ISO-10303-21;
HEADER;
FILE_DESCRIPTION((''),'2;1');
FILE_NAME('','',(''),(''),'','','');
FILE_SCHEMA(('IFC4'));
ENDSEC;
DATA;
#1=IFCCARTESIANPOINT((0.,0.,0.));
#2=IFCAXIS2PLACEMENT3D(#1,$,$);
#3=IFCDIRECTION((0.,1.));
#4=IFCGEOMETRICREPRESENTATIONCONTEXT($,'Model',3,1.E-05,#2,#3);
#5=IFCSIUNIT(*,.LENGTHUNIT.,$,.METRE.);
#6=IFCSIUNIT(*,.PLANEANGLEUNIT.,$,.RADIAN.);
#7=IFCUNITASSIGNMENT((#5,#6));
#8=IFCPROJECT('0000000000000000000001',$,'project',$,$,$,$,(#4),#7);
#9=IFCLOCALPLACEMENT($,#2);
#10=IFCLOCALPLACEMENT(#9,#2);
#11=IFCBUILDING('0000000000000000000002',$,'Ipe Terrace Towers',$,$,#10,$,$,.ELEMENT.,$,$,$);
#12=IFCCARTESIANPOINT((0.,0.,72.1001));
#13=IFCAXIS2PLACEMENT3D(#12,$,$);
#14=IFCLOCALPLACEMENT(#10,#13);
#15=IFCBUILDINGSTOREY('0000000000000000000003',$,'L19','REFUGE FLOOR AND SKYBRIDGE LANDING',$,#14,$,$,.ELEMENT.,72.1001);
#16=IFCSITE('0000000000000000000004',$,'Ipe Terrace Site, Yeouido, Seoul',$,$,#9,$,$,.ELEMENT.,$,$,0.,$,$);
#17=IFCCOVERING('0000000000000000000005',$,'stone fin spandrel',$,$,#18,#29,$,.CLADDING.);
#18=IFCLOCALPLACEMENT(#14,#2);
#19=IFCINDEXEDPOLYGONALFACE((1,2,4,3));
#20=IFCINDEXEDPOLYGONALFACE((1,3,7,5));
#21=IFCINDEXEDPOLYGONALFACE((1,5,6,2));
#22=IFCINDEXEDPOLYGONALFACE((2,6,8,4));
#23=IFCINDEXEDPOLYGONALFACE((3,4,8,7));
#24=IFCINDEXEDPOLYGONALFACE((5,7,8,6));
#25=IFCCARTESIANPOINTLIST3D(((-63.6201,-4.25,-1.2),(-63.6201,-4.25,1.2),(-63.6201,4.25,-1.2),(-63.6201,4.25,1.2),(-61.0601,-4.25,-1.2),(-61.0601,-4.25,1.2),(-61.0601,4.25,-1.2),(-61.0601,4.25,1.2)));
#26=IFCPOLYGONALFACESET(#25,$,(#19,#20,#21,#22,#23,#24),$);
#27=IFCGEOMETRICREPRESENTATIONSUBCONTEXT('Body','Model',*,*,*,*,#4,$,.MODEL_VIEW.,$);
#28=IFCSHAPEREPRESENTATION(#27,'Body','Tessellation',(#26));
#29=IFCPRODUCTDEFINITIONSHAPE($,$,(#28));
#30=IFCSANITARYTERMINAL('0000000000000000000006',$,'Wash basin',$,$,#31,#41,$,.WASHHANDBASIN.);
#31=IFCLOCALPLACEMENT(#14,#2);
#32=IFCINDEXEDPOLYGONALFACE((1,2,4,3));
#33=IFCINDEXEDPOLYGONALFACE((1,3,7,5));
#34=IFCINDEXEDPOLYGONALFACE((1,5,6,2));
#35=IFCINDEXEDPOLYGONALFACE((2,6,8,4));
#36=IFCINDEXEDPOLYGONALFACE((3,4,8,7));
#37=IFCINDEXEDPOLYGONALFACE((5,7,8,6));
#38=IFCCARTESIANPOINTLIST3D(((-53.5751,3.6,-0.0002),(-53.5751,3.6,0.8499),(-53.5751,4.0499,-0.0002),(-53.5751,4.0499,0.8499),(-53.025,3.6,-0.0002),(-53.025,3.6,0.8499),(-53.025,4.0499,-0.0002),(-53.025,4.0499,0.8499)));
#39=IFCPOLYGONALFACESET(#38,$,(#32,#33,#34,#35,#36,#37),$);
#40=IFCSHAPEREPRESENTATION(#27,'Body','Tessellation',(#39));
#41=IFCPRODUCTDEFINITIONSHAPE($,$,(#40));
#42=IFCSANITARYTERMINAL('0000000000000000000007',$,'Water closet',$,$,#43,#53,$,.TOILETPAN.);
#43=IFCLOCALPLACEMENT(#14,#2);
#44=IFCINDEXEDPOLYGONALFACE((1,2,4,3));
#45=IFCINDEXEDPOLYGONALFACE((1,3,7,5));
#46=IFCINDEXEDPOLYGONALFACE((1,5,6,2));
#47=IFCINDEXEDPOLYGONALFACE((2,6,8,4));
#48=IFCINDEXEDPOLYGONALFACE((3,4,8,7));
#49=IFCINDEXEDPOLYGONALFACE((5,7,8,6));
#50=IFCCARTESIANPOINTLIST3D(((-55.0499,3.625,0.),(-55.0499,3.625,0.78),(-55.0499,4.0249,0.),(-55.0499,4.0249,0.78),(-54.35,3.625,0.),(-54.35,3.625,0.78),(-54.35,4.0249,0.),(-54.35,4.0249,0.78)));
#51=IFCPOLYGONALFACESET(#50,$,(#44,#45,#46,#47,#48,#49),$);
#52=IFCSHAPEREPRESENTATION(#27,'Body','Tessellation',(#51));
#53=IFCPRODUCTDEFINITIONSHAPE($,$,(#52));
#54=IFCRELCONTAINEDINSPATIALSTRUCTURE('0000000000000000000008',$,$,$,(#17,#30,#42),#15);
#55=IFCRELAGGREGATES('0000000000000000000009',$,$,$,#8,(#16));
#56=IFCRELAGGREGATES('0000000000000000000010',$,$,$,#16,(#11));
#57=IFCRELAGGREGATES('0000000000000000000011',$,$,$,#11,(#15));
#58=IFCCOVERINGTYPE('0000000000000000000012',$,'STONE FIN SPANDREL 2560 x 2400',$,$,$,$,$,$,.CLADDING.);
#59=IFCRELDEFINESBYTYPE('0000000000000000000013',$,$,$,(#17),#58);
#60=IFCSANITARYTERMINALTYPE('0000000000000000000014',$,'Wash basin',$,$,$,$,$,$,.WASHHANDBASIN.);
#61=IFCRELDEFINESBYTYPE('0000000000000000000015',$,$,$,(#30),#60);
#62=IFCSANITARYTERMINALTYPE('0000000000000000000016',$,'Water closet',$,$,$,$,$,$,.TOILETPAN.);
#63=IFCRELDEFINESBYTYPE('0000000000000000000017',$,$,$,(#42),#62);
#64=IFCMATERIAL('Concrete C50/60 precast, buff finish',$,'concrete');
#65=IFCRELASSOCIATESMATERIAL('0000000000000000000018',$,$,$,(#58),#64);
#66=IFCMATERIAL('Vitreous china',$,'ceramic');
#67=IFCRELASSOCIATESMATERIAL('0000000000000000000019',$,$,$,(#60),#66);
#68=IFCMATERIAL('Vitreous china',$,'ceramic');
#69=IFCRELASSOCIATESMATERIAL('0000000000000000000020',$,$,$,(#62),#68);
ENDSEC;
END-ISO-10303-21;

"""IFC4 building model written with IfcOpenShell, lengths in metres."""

from ifc_helpers import new_model, si_unit, direction, frame, origin, origin_2d, place, context, subcontext, project, spatial, rectangle, extrude, material, material_profile, profile_set, type_object, element, save


model = new_model("IFC4")

# Units and contexts
model_context = context("Model", 3, precision=1e-05, world=origin(), true_north=direction((0.0, 1.0)))
body_context = subcontext(model_context, "Body", "Model", "MODEL_VIEW")
ifc_project = project(units=[si_unit("LENGTHUNIT", "METRE"), si_unit("PLANEANGLEUNIT", "RADIAN")], contexts=[model_context])

# Site, building, storey
site_placement = place(None, origin())
site = spatial("IfcSite", under=ifc_project, at=site_placement, Name="Ipe Terrace Site, Yeouido, Seoul", CompositionType="ELEMENT", RefElevation=0.0)
building_placement = place(site_placement, origin())
building = spatial("IfcBuilding", under=site, at=building_placement, Name="Ipe Terrace Towers", CompositionType="ELEMENT")
storey_placement = place(building_placement, frame((0.0, 0.0, 72.1001)))
storey = spatial("IfcBuildingStorey", under=building, at=storey_placement, Name="L19", Description="REFUGE FLOOR AND SKYBRIDGE LANDING", CompositionType="ELEMENT", Elevation=72.1001)

# Covering
ifc_material_1 = material(Name="Concrete C50/60 precast, buff finish", Category="concrete")
ifc_material_profile_1 = material_profile(ifc_material_1, rectangle(XDim=2.5601, YDim=2.3999, at=origin_2d()), Name="STONE FIN SPANDREL 2560 x 2400")
ifc_profile_set_1 = profile_set([ifc_material_profile_1], Name="Concrete C50/60 precast, buff finish")
covering_type_1 = type_object("IfcCoveringType", Name="STONE FIN SPANDREL 2560 x 2400", PredefinedType="CLADDING", material=ifc_profile_set_1)
covering_1_placement = place(storey_placement, frame((-62.3401, 4.25, 0.0), z_axis=(0.0, -1.0, 0.0), x_axis=(-1.0, 0.0, 0.0)))
element("IfcCovering", 1, at=covering_1_placement, inside=storey, type_object=covering_type_1, Name="stone fin spandrel", PredefinedType="CLADDING", context=body_context, shape_type="SweptSolid", body=[
    extrude(rectangle(XDim=2.5601, YDim=2.3999, at=origin_2d()), origin(), (0.0, 0.0, 1.0), 8.5),
])

# Sanitary terminals
ifc_material_2 = material(Name="Vitreous china", Category="ceramic")
sanitary_terminal_type_1 = type_object("IfcSanitaryTerminalType", Name="Wash basin", PredefinedType="WASHHANDBASIN", material=ifc_material_2)
sanitary_terminal_1_placement = place(storey_placement, frame((-53.3, 3.825, -0.0002), z_axis=(0.0, 0.0, 1.0), x_axis=(1.0, 0.0, 0.0)))
element("IfcSanitaryTerminal", 2, at=sanitary_terminal_1_placement, inside=storey, type_object=sanitary_terminal_type_1, Name="Wash basin", PredefinedType="WASHHANDBASIN", context=body_context, shape_type="SweptSolid", body=[
    extrude(rectangle(XDim=0.55, YDim=0.45, at=origin_2d()), origin(), (0.0, 0.0, 1.0), 0.8501),
])
ifc_material_3 = material(Name="Vitreous china", Category="ceramic")
sanitary_terminal_type_2 = type_object("IfcSanitaryTerminalType", Name="Water closet", PredefinedType="TOILETPAN", material=ifc_material_3)
sanitary_terminal_2_placement = place(storey_placement, frame((-54.7, 3.825, 0.0), z_axis=(0.0, 0.0, 1.0), x_axis=(1.0, 0.0, 0.0)))
element("IfcSanitaryTerminal", 3, at=sanitary_terminal_2_placement, inside=storey, type_object=sanitary_terminal_type_2, Name="Water closet", PredefinedType="TOILETPAN", context=body_context, shape_type="SweptSolid", body=[
    extrude(rectangle(XDim=0.7, YDim=0.3999, at=origin_2d()), origin(), (0.0, 0.0, 1.0), 0.78),
])

save(model, "model.ifc")
